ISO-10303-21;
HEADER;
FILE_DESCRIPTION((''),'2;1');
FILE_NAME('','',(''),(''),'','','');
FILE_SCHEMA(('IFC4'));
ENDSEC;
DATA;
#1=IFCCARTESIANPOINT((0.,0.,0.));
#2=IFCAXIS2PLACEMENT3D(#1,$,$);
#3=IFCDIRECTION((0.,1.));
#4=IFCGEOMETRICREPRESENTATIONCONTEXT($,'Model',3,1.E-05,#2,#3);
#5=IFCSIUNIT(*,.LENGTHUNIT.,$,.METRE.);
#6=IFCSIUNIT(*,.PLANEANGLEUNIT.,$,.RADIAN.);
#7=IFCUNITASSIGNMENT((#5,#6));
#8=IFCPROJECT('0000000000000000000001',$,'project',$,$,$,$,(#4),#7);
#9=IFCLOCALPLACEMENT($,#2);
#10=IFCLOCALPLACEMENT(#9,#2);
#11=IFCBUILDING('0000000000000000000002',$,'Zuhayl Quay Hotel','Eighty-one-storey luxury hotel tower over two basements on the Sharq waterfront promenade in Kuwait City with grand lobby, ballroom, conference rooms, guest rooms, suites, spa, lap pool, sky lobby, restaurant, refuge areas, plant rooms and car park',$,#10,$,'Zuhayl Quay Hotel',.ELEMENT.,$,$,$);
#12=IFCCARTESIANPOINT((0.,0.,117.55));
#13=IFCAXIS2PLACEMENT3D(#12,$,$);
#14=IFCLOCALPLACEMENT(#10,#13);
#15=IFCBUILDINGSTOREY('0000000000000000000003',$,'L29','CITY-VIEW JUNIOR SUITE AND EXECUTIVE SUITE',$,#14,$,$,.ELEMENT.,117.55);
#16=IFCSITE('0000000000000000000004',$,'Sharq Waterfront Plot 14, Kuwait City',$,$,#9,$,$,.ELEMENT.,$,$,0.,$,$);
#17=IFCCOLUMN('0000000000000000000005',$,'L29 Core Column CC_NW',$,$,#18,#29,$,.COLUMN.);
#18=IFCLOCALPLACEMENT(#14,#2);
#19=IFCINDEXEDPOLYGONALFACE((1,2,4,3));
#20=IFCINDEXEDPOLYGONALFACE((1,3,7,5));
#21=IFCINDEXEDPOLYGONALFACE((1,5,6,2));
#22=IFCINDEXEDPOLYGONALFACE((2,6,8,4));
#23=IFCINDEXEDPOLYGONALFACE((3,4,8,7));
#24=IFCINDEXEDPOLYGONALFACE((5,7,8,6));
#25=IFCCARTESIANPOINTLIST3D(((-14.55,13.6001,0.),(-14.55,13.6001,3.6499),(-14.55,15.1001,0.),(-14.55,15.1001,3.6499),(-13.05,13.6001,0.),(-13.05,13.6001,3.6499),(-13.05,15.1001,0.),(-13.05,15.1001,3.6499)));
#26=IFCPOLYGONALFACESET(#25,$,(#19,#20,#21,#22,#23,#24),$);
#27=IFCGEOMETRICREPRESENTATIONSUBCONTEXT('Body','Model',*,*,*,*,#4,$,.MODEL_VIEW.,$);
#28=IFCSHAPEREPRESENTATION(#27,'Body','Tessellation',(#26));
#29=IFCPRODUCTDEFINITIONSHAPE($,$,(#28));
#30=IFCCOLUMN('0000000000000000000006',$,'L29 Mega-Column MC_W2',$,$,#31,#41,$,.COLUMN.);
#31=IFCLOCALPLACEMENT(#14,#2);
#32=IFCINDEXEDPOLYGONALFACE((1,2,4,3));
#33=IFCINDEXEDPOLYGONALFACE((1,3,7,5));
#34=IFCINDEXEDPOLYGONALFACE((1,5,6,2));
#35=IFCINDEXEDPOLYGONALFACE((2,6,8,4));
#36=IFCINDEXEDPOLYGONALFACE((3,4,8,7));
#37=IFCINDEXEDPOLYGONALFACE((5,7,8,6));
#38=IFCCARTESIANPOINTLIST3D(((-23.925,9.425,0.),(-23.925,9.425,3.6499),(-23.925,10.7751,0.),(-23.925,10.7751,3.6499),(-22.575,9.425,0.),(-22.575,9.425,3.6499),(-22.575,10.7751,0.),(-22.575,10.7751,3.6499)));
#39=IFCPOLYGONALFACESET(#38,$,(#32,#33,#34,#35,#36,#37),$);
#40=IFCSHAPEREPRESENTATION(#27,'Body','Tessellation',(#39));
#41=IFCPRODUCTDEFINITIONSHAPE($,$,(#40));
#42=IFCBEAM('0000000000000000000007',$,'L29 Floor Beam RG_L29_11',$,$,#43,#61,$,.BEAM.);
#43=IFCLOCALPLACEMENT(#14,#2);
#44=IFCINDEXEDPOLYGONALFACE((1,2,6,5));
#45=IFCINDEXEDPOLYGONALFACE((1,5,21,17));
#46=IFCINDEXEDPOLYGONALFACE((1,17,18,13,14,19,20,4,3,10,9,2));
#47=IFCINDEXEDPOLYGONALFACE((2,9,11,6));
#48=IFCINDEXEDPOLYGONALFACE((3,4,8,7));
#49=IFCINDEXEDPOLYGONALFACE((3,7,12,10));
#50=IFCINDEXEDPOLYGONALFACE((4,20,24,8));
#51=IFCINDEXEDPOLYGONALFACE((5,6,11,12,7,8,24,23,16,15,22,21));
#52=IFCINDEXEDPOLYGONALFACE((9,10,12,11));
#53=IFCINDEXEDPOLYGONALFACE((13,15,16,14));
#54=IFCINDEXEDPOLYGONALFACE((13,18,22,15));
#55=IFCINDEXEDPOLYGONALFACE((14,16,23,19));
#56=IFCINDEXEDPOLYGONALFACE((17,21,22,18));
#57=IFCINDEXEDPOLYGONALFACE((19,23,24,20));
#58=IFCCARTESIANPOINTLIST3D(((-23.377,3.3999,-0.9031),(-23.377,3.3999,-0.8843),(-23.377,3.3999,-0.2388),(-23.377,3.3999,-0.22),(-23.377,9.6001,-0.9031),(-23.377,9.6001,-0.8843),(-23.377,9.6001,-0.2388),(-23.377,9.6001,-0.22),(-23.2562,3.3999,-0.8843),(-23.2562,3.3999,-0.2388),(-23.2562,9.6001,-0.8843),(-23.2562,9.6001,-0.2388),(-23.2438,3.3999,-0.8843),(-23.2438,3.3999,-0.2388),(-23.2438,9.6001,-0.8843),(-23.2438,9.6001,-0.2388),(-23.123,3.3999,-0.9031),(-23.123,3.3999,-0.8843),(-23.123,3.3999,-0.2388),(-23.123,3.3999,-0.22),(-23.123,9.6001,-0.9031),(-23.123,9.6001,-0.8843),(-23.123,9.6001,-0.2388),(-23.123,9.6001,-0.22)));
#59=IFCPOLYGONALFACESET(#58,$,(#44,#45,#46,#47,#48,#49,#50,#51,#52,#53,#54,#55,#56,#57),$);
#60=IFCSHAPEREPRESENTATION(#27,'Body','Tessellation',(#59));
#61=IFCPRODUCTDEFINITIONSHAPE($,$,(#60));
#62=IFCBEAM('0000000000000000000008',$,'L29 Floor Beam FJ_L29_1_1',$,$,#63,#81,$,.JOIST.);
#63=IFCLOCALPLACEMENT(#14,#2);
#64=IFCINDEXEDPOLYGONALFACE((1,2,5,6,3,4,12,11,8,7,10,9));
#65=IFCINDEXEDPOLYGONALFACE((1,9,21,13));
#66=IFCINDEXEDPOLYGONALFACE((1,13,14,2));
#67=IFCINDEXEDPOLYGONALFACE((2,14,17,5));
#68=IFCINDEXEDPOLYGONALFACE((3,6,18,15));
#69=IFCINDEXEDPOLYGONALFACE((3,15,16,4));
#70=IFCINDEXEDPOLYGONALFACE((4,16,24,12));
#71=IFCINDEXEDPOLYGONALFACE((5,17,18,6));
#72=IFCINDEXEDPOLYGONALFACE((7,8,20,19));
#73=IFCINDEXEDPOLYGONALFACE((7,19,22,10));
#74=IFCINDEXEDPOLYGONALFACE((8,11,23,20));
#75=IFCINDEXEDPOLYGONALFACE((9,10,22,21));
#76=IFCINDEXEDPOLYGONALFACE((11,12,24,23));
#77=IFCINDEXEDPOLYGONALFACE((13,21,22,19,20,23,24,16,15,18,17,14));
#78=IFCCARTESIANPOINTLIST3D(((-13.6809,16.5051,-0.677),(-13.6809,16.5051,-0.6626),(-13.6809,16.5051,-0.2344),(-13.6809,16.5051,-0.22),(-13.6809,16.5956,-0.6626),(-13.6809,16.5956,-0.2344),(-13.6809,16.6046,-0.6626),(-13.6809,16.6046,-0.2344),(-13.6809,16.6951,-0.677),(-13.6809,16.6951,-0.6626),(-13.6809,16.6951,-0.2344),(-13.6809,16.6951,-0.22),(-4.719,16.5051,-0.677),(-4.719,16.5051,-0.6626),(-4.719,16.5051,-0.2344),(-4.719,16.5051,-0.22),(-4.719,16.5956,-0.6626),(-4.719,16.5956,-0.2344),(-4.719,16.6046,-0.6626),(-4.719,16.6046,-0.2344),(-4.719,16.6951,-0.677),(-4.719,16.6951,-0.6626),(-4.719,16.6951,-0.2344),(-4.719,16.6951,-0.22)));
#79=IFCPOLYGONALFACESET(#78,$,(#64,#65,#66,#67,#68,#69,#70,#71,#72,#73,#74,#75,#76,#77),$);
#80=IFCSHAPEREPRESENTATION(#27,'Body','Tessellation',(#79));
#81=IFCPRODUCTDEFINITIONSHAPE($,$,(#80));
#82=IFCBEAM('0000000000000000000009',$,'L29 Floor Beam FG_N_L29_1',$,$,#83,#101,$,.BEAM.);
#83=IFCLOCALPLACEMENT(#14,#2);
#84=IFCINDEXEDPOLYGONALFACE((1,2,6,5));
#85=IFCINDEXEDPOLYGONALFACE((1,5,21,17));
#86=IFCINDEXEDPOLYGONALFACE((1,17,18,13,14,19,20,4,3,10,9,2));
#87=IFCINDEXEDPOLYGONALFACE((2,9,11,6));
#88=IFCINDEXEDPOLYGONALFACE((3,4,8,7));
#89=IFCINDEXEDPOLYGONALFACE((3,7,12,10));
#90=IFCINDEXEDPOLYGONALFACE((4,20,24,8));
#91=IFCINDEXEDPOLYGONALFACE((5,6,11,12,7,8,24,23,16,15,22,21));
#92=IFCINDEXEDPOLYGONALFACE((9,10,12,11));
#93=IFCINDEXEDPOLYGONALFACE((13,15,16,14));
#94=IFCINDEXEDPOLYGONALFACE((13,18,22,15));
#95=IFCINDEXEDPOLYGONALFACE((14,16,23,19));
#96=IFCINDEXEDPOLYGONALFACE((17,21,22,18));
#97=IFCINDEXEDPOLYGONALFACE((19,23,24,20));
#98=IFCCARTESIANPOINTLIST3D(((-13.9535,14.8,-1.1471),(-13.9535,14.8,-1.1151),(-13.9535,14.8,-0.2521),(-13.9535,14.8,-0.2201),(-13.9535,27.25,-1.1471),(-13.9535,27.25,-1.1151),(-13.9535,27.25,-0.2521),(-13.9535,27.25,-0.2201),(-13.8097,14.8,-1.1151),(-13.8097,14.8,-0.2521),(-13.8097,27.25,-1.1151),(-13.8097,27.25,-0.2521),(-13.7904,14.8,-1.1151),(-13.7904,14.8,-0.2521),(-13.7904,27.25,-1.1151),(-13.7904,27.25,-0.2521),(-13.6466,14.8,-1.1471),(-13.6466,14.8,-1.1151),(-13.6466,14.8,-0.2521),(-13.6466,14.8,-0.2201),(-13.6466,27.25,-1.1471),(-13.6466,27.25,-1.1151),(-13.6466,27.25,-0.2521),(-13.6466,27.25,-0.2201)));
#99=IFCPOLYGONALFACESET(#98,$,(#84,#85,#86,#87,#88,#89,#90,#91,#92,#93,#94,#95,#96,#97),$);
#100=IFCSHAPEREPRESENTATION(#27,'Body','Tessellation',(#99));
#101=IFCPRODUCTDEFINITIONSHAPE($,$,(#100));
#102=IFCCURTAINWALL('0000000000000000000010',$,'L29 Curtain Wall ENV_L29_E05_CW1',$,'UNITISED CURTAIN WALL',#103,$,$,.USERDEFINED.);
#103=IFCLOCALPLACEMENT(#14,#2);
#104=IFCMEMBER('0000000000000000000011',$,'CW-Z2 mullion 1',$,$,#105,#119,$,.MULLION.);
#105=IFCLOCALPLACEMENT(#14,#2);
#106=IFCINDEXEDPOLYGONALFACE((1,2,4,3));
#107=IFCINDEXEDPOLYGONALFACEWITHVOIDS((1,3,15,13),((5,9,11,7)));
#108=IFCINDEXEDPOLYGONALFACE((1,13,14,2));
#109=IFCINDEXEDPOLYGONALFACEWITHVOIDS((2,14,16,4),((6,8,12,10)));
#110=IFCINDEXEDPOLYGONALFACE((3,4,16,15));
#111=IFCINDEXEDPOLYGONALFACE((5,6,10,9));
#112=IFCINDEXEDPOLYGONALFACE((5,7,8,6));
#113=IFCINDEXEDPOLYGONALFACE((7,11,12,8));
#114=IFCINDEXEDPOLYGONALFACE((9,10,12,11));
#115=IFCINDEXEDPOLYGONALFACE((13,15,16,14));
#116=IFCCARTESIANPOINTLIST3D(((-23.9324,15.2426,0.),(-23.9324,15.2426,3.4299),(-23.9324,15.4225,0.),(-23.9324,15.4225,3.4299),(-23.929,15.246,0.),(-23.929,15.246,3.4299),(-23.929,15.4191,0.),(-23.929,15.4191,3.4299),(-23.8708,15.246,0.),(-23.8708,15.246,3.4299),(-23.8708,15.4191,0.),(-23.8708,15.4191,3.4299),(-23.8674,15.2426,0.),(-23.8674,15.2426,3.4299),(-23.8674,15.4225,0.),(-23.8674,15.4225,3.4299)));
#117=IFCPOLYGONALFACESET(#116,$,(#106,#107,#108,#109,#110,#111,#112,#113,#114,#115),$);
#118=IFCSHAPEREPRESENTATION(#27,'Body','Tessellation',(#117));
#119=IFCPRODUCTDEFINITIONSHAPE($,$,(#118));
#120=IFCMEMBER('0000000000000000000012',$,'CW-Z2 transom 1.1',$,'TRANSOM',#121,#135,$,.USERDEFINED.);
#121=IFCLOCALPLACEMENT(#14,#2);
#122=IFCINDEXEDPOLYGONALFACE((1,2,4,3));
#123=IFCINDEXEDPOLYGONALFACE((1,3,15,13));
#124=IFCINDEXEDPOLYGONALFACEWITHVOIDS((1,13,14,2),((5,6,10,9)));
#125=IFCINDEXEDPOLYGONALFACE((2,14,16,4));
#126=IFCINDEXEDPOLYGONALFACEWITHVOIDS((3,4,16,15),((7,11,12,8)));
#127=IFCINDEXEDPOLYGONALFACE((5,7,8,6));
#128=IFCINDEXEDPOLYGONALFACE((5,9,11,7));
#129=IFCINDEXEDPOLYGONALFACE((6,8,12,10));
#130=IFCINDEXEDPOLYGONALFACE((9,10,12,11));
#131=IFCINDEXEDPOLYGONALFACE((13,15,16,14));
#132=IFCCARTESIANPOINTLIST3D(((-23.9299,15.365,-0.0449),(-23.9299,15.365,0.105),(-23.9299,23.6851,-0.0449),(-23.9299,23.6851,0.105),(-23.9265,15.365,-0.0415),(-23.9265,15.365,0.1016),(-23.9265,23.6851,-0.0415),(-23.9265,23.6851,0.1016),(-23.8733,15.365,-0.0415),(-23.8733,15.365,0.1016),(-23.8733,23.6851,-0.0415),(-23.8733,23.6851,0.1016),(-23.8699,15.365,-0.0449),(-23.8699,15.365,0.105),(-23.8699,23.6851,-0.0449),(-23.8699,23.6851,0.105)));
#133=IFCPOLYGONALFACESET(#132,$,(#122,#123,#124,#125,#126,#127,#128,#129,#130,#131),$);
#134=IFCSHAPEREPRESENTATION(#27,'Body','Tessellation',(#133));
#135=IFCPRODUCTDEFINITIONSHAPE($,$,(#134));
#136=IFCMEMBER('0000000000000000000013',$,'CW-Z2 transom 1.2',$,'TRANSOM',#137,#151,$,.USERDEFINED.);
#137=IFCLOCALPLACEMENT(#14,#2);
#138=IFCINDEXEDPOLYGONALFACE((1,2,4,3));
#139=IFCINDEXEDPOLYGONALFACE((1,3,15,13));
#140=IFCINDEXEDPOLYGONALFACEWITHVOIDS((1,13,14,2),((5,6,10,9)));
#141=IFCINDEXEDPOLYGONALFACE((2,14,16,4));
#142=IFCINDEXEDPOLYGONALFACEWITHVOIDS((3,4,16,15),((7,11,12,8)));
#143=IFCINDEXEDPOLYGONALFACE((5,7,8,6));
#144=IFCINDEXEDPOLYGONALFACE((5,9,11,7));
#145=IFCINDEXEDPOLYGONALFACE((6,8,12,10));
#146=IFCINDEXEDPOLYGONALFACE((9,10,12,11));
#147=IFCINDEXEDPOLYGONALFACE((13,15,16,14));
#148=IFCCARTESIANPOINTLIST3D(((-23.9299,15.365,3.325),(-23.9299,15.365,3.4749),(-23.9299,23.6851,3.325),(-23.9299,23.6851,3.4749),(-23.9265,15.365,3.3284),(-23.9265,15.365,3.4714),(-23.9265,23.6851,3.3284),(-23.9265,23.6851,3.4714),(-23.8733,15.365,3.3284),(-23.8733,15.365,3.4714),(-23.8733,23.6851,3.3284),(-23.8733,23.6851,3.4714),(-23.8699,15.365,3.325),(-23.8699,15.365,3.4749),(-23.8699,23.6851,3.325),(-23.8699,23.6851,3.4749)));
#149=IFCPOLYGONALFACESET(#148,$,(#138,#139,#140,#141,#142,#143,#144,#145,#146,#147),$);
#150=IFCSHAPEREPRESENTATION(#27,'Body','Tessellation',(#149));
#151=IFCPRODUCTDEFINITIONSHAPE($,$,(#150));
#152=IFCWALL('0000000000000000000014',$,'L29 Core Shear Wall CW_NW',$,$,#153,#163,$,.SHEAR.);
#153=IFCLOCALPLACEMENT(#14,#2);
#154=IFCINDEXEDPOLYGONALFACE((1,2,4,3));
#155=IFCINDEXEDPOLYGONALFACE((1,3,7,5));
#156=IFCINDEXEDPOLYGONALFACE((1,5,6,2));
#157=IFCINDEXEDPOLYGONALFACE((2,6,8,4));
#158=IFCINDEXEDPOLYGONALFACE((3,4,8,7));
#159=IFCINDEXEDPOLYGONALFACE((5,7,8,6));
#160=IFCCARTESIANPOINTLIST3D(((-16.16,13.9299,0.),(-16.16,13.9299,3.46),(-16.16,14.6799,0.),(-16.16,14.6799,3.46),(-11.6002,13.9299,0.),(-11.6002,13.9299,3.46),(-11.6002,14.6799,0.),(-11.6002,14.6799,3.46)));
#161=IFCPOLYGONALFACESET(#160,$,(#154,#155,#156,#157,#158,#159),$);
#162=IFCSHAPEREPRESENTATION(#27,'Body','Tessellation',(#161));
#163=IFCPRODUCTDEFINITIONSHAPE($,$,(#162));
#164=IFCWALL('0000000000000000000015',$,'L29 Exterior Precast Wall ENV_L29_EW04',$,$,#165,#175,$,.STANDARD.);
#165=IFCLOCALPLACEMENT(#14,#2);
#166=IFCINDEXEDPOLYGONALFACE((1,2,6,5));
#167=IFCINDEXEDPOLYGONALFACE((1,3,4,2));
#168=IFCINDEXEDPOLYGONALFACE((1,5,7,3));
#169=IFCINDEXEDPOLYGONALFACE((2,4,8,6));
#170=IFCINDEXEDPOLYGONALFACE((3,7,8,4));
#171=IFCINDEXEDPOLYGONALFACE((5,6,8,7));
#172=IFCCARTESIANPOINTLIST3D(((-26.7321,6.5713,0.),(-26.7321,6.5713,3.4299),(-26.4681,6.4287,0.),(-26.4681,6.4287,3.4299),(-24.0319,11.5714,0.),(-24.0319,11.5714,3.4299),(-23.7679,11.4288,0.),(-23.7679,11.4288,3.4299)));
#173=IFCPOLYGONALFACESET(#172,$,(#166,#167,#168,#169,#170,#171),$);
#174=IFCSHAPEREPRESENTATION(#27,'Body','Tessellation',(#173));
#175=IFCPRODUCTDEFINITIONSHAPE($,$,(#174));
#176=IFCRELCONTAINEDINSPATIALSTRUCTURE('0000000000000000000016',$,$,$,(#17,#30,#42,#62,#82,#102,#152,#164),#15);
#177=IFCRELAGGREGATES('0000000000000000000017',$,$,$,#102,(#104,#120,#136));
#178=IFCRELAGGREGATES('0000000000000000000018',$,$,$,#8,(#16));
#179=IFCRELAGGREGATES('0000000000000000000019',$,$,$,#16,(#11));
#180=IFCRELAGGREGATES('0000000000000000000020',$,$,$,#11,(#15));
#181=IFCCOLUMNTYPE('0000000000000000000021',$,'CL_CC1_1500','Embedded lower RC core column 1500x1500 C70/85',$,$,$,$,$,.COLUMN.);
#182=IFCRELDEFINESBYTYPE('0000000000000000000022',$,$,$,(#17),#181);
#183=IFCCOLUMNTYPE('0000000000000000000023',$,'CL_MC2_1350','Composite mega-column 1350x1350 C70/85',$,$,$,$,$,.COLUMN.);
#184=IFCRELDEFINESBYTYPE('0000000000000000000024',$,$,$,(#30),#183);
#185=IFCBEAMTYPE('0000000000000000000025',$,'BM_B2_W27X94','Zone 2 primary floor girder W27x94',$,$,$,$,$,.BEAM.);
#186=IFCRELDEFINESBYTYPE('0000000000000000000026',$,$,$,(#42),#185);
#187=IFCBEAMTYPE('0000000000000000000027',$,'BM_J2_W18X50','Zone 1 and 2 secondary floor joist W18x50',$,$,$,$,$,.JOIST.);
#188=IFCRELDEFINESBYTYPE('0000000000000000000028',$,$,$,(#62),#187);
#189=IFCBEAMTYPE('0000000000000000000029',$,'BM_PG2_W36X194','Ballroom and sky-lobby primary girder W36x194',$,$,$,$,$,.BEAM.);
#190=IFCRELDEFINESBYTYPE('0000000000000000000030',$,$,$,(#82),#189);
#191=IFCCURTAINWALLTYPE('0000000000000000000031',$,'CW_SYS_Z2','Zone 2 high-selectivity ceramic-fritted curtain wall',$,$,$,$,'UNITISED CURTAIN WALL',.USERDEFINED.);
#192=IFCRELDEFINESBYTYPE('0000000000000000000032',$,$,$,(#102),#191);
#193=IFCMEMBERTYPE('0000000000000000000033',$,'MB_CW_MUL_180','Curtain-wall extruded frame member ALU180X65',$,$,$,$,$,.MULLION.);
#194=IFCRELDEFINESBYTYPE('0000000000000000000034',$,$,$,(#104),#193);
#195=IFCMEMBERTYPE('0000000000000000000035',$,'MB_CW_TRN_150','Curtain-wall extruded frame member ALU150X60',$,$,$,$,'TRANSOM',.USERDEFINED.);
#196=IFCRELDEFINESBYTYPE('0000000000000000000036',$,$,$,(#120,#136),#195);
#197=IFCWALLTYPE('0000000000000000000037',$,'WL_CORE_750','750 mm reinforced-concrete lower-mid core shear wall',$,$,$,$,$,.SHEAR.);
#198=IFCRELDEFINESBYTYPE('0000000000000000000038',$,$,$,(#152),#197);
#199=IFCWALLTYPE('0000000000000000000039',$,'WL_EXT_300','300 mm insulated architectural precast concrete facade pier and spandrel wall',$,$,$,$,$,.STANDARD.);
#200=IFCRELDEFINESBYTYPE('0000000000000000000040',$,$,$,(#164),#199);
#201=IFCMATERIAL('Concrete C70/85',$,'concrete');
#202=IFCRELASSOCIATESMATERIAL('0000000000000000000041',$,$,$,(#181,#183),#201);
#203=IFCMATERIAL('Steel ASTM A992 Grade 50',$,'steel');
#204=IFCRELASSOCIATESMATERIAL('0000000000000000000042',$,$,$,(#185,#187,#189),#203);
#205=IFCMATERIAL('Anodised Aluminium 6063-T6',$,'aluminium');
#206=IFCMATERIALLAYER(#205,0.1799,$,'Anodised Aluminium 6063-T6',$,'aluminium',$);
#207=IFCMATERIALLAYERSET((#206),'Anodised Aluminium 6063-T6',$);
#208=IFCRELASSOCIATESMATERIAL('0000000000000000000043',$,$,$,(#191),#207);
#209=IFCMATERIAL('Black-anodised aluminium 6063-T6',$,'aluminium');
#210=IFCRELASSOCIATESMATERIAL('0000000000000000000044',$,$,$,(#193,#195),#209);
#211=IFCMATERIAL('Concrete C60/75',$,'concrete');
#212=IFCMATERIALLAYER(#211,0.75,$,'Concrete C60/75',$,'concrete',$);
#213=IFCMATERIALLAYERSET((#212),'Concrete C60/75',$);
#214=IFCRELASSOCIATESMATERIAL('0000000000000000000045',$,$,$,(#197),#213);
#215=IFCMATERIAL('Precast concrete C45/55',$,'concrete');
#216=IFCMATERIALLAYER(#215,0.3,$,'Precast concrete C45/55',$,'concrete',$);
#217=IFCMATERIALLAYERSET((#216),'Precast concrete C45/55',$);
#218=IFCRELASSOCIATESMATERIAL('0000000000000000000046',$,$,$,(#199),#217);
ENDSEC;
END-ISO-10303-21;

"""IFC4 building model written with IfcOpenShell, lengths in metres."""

from ifc_helpers import new_model, si_unit, direction, frame, frame_2d, origin, origin_2d, place, context, subcontext, project, spatial, rectangle, hollow_rectangle, i_section, extrude, material, layer, layer_set, material_profile, profile_set, type_object, element, aggregate, save


model = new_model("IFC4")

# Units and contexts
model_context = context("Model", 3, precision=1e-05, world=origin(), true_north=direction((0.0, 1.0)))
body_context = subcontext(model_context, "Body", "Model", "MODEL_VIEW")
ifc_project = project(units=[si_unit("LENGTHUNIT", "METRE"), si_unit("PLANEANGLEUNIT", "RADIAN")], contexts=[model_context])

# Site, building, storey
site_placement = place(None, origin())
site = spatial("IfcSite", under=ifc_project, at=site_placement, Name="Sharq Waterfront Plot 14, Kuwait City", CompositionType="ELEMENT", RefElevation=0.0)
building_placement = place(site_placement, origin())
building = spatial("IfcBuilding", under=site, at=building_placement, Name="Zuhayl Quay Hotel", Description="Eighty-one-storey luxury hotel tower over two basements on the Sharq waterfront promenade in Kuwait City with grand lobby, ballroom, conference rooms, guest rooms, suites, spa, lap pool, sky lobby, restaurant, refuge areas, plant rooms and car park", LongName="Zuhayl Quay Hotel", CompositionType="ELEMENT")
storey_placement = place(building_placement, frame((0.0, 0.0, 117.55)))
storey = spatial("IfcBuildingStorey", under=building, at=storey_placement, Name="L29", Description="CITY-VIEW JUNIOR SUITE AND EXECUTIVE SUITE", CompositionType="ELEMENT", Elevation=117.55)

# Columns
ifc_material_1 = material(Name="Concrete C70/85", Category="concrete")
ifc_material_profile_1 = material_profile(ifc_material_1, rectangle(XDim=1.5, YDim=1.5, at=origin_2d()), Name="RC1500X1500")
ifc_profile_set_1 = profile_set([ifc_material_profile_1], Name="Concrete C70/85")
column_type_1 = type_object("IfcColumnType", Name="CL_CC1_1500", Description="Embedded lower RC core column 1500x1500 C70/85", PredefinedType="COLUMN", material=ifc_profile_set_1)
column_1_placement = place(storey_placement, frame((-13.8, 14.3501, 0.0), z_axis=(0.0, 0.0, 1.0), x_axis=(1.0, 0.0, 0.0)))
element("IfcColumn", 1, at=column_1_placement, inside=storey, type_object=column_type_1, Name="L29 Core Column CC_NW", PredefinedType="COLUMN", context=body_context, shape_type="SweptSolid", body=[
    extrude(rectangle(XDim=1.5, YDim=1.5, at=origin_2d()), origin(), (0.0, 0.0, 1.0), 3.6499),
])
ifc_material_profile_2 = material_profile(ifc_material_1, rectangle(XDim=1.3501, YDim=1.3501, at=origin_2d()), Name="RC1350X1350")
ifc_profile_set_2 = profile_set([ifc_material_profile_2], Name="Concrete C70/85")
column_type_2 = type_object("IfcColumnType", Name="CL_MC2_1350", Description="Composite mega-column 1350x1350 C70/85", PredefinedType="COLUMN", material=ifc_profile_set_2)
column_2_placement = place(storey_placement, frame((-23.25, 10.1001, 0.0), z_axis=(0.0, 0.0, 1.0), x_axis=(1.0, 0.0, 0.0)))
element("IfcColumn", 2, at=column_2_placement, inside=storey, type_object=column_type_2, Name="L29 Mega-Column MC_W2", PredefinedType="COLUMN", context=body_context, shape_type="SweptSolid", body=[
    extrude(rectangle(XDim=1.3501, YDim=1.3501, at=origin_2d()), origin(), (0.0, 0.0, 1.0), 3.6499),
])

# Beams
ifc_material_2 = material(Name="Steel ASTM A992 Grade 50", Category="steel")
ifc_material_profile_3 = material_profile(ifc_material_2, i_section(OverallWidth=0.2539, OverallDepth=0.6831, WebThickness=0.0125, FlangeThickness=0.0188, at=origin_2d()), Name="W27X94")
ifc_profile_set_3 = profile_set([ifc_material_profile_3], Name="Steel ASTM A992 Grade 50")
beam_type_1 = type_object("IfcBeamType", Name="BM_B2_W27X94", Description="Zone 2 primary floor girder W27x94", PredefinedType="BEAM", material=ifc_profile_set_3)
beam_1_placement = place(storey_placement, frame((-23.25, 9.6001, -0.5615), z_axis=(0.0, -1.0, 0.0), x_axis=(1.0, 0.0, 0.0)))
element("IfcBeam", 3, at=beam_1_placement, inside=storey, type_object=beam_type_1, Name="L29 Floor Beam RG_L29_11", PredefinedType="BEAM", context=body_context, shape_type="SweptSolid", body=[
    extrude(i_section(OverallWidth=0.2539, OverallDepth=0.6831, WebThickness=0.0125, FlangeThickness=0.0188, at=origin_2d()), origin(), (0.0, 0.0, 1.0), 6.2002),
])
ifc_material_profile_4 = material_profile(ifc_material_2, i_section(OverallWidth=0.1899, OverallDepth=0.457, WebThickness=0.009, FlangeThickness=0.0144, at=origin_2d()), Name="W18X50")
ifc_profile_set_4 = profile_set([ifc_material_profile_4], Name="Steel ASTM A992 Grade 50")
beam_type_2 = type_object("IfcBeamType", Name="BM_J2_W18X50", Description="Zone 1 and 2 secondary floor joist W18x50", PredefinedType="JOIST", material=ifc_profile_set_4)
beam_2_placement = place(storey_placement, frame((-13.6809, 16.6001, -0.4485), z_axis=(1.0, 0.0, 0.0), x_axis=(0.0, 1.0, 0.0)))
element("IfcBeam", 4, at=beam_2_placement, inside=storey, type_object=beam_type_2, Name="L29 Floor Beam FJ_L29_1_1", PredefinedType="JOIST", context=body_context, shape_type="SweptSolid", body=[
    extrude(i_section(OverallWidth=0.1899, OverallDepth=0.457, WebThickness=0.009, FlangeThickness=0.0144, at=origin_2d()), origin(), (0.0, 0.0, 1.0), 8.9619),
])
ifc_material_profile_5 = material_profile(ifc_material_2, i_section(OverallWidth=0.3069, OverallDepth=0.927, WebThickness=0.0193, FlangeThickness=0.032, at=origin_2d()), Name="W36X194")
ifc_profile_set_5 = profile_set([ifc_material_profile_5], Name="Steel ASTM A992 Grade 50")
beam_type_3 = type_object("IfcBeamType", Name="BM_PG2_W36X194", Description="Ballroom and sky-lobby primary girder W36x194", PredefinedType="BEAM", material=ifc_profile_set_5)
beam_3_placement = place(storey_placement, frame((-13.8, 14.8, -0.6836), z_axis=(0.0, 1.0, 0.0), x_axis=(-1.0, 0.0, 0.0)))
element("IfcBeam", 5, at=beam_3_placement, inside=storey, type_object=beam_type_3, Name="L29 Floor Beam FG_N_L29_1", PredefinedType="BEAM", context=body_context, shape_type="SweptSolid", body=[
    extrude(i_section(OverallWidth=0.3069, OverallDepth=0.927, WebThickness=0.0193, FlangeThickness=0.032, at=origin_2d()), origin(), (0.0, 0.0, 1.0), 12.45),
])

# Curtain wall, members
ifc_material_3 = material(Name="Anodised Aluminium 6063-T6", Category="aluminium")
ifc_layer_1 = layer(ifc_material_3, 0.1799, Name="Anodised Aluminium 6063-T6", Category="aluminium")
ifc_layer_set_1 = layer_set([ifc_layer_1], Name="Anodised Aluminium 6063-T6")
curtain_wall_type = type_object("IfcCurtainWallType", Name="CW_SYS_Z2", Description="Zone 2 high-selectivity ceramic-fritted curtain wall", ElementType="UNITISED CURTAIN WALL", PredefinedType="USERDEFINED", material=ifc_layer_set_1)
curtain_wall_placement = place(storey_placement, origin())
curtain_wall = element("IfcCurtainWall", 6, at=curtain_wall_placement, inside=storey, type_object=curtain_wall_type, Name="L29 Curtain Wall ENV_L29_E05_CW1", ObjectType="UNITISED CURTAIN WALL", PredefinedType="USERDEFINED")
ifc_material_4 = material(Name="Black-anodised aluminium 6063-T6", Category="aluminium")
ifc_material_profile_6 = material_profile(ifc_material_4, hollow_rectangle(XDim=0.0649, YDim=0.1799, WallThickness=0.0034, at=origin_2d()), Name="ALU180X65")
ifc_profile_set_6 = profile_set([ifc_material_profile_6], Name="Black-anodised aluminium 6063-T6")
member_type_1 = type_object("IfcMemberType", Name="MB_CW_MUL_180", Description="Curtain-wall extruded frame member ALU180X65", PredefinedType="MULLION", material=ifc_profile_set_6)
member_1_placement = place(storey_placement, frame((-23.8999, 15.3325, 0.0), z_axis=(0.0, 0.0, 1.0), x_axis=(-1.0, 0.0, 0.0)))
member_1 = element("IfcMember", 7, at=member_1_placement, type_object=member_type_1, Name="CW-Z2 mullion 1", PredefinedType="MULLION", context=body_context, shape_type="SweptSolid", body=[
    extrude(hollow_rectangle(XDim=0.0649, YDim=0.1799, WallThickness=0.0034, at=origin_2d()), origin(), (0.0, 0.0, 1.0), 3.4299),
])
ifc_material_profile_7 = material_profile(ifc_material_4, hollow_rectangle(XDim=0.0601, YDim=0.1499, WallThickness=0.0034, at=origin_2d()), Name="ALU150X60")
ifc_profile_set_7 = profile_set([ifc_material_profile_7], Name="Black-anodised aluminium 6063-T6")
member_type_2 = type_object("IfcMemberType", Name="MB_CW_TRN_150", Description="Curtain-wall extruded frame member ALU150X60", ElementType="TRANSOM", PredefinedType="USERDEFINED", material=ifc_profile_set_7)
member_2_placement = place(storey_placement, frame((-23.8999, 15.365, 0.03), z_axis=(0.0, 1.0, 0.0), x_axis=(-1.0, 0.0, 0.0)))
member_2 = element("IfcMember", 8, at=member_2_placement, type_object=member_type_2, Name="CW-Z2 transom 1.1", ObjectType="TRANSOM", PredefinedType="USERDEFINED", context=body_context, shape_type="SweptSolid", body=[
    extrude(hollow_rectangle(XDim=0.0601, YDim=0.1499, WallThickness=0.0034, at=origin_2d()), origin(), (0.0, 0.0, 1.0), 8.3201),
])
member_3_placement = place(storey_placement, frame((-23.8999, 15.365, 3.3999), z_axis=(0.0, 1.0, 0.0), x_axis=(-1.0, 0.0, 0.0)))
member_3 = element("IfcMember", 9, at=member_3_placement, type_object=member_type_2, Name="CW-Z2 transom 1.2", ObjectType="TRANSOM", PredefinedType="USERDEFINED", context=body_context, shape_type="SweptSolid", body=[
    extrude(hollow_rectangle(XDim=0.0601, YDim=0.1499, WallThickness=0.0034, at=origin_2d()), origin(), (0.0, 0.0, 1.0), 8.3201),
])
aggregate(curtain_wall, [member_1, member_2, member_3])

# Walls
ifc_material_5 = material(Name="Concrete C60/75", Category="concrete")
ifc_layer_2 = layer(ifc_material_5, 0.75, Name="Concrete C60/75", Category="concrete")
ifc_layer_set_2 = layer_set([ifc_layer_2], Name="Concrete C60/75")
wall_type_1 = type_object("IfcWallType", Name="WL_CORE_750", Description="750 mm reinforced-concrete lower-mid core shear wall", PredefinedType="SHEAR", material=ifc_layer_set_2)
wall_1_placement = place(storey_placement, frame((-16.1599, 14.3049, 0.0), z_axis=(0.0, 0.0, 1.0), x_axis=(1.0, 0.0, 0.0)))
element("IfcWall", 10, at=wall_1_placement, inside=storey, type_object=wall_type_1, Name="L29 Core Shear Wall CW_NW", PredefinedType="SHEAR", context=body_context, shape_type="SweptSolid", body=[
    extrude(rectangle(XDim=4.5598, YDim=0.75, at=frame_2d((2.2798, 0.0))), origin(), (0.0, 0.0, 1.0), 3.46),
])
ifc_material_6 = material(Name="Precast concrete C45/55", Category="concrete")
ifc_layer_3 = layer(ifc_material_6, 0.3, Name="Precast concrete C45/55", Category="concrete")
ifc_layer_set_3 = layer_set([ifc_layer_3], Name="Precast concrete C45/55")
wall_type_2 = type_object("IfcWallType", Name="WL_EXT_300", Description="300 mm insulated architectural precast concrete facade pier and spandrel wall", PredefinedType="STANDARD", material=ifc_layer_set_3)
wall_2_placement = place(storey_placement, frame((-26.6001, 6.5, 0.0), z_axis=(0.0, 0.0, 1.0), x_axis=(0.475176, 0.879891, 0.0)))
element("IfcWall", 11, at=wall_2_placement, inside=storey, type_object=wall_type_2, Name="L29 Exterior Precast Wall ENV_L29_EW04", PredefinedType="STANDARD", context=body_context, shape_type="SweptSolid", body=[
    extrude(rectangle(XDim=5.6826, YDim=0.3, at=frame_2d((2.8413, 0.0))), origin(), (0.0, 0.0, 1.0), 3.4299),
])

save(model, "model.ifc")
